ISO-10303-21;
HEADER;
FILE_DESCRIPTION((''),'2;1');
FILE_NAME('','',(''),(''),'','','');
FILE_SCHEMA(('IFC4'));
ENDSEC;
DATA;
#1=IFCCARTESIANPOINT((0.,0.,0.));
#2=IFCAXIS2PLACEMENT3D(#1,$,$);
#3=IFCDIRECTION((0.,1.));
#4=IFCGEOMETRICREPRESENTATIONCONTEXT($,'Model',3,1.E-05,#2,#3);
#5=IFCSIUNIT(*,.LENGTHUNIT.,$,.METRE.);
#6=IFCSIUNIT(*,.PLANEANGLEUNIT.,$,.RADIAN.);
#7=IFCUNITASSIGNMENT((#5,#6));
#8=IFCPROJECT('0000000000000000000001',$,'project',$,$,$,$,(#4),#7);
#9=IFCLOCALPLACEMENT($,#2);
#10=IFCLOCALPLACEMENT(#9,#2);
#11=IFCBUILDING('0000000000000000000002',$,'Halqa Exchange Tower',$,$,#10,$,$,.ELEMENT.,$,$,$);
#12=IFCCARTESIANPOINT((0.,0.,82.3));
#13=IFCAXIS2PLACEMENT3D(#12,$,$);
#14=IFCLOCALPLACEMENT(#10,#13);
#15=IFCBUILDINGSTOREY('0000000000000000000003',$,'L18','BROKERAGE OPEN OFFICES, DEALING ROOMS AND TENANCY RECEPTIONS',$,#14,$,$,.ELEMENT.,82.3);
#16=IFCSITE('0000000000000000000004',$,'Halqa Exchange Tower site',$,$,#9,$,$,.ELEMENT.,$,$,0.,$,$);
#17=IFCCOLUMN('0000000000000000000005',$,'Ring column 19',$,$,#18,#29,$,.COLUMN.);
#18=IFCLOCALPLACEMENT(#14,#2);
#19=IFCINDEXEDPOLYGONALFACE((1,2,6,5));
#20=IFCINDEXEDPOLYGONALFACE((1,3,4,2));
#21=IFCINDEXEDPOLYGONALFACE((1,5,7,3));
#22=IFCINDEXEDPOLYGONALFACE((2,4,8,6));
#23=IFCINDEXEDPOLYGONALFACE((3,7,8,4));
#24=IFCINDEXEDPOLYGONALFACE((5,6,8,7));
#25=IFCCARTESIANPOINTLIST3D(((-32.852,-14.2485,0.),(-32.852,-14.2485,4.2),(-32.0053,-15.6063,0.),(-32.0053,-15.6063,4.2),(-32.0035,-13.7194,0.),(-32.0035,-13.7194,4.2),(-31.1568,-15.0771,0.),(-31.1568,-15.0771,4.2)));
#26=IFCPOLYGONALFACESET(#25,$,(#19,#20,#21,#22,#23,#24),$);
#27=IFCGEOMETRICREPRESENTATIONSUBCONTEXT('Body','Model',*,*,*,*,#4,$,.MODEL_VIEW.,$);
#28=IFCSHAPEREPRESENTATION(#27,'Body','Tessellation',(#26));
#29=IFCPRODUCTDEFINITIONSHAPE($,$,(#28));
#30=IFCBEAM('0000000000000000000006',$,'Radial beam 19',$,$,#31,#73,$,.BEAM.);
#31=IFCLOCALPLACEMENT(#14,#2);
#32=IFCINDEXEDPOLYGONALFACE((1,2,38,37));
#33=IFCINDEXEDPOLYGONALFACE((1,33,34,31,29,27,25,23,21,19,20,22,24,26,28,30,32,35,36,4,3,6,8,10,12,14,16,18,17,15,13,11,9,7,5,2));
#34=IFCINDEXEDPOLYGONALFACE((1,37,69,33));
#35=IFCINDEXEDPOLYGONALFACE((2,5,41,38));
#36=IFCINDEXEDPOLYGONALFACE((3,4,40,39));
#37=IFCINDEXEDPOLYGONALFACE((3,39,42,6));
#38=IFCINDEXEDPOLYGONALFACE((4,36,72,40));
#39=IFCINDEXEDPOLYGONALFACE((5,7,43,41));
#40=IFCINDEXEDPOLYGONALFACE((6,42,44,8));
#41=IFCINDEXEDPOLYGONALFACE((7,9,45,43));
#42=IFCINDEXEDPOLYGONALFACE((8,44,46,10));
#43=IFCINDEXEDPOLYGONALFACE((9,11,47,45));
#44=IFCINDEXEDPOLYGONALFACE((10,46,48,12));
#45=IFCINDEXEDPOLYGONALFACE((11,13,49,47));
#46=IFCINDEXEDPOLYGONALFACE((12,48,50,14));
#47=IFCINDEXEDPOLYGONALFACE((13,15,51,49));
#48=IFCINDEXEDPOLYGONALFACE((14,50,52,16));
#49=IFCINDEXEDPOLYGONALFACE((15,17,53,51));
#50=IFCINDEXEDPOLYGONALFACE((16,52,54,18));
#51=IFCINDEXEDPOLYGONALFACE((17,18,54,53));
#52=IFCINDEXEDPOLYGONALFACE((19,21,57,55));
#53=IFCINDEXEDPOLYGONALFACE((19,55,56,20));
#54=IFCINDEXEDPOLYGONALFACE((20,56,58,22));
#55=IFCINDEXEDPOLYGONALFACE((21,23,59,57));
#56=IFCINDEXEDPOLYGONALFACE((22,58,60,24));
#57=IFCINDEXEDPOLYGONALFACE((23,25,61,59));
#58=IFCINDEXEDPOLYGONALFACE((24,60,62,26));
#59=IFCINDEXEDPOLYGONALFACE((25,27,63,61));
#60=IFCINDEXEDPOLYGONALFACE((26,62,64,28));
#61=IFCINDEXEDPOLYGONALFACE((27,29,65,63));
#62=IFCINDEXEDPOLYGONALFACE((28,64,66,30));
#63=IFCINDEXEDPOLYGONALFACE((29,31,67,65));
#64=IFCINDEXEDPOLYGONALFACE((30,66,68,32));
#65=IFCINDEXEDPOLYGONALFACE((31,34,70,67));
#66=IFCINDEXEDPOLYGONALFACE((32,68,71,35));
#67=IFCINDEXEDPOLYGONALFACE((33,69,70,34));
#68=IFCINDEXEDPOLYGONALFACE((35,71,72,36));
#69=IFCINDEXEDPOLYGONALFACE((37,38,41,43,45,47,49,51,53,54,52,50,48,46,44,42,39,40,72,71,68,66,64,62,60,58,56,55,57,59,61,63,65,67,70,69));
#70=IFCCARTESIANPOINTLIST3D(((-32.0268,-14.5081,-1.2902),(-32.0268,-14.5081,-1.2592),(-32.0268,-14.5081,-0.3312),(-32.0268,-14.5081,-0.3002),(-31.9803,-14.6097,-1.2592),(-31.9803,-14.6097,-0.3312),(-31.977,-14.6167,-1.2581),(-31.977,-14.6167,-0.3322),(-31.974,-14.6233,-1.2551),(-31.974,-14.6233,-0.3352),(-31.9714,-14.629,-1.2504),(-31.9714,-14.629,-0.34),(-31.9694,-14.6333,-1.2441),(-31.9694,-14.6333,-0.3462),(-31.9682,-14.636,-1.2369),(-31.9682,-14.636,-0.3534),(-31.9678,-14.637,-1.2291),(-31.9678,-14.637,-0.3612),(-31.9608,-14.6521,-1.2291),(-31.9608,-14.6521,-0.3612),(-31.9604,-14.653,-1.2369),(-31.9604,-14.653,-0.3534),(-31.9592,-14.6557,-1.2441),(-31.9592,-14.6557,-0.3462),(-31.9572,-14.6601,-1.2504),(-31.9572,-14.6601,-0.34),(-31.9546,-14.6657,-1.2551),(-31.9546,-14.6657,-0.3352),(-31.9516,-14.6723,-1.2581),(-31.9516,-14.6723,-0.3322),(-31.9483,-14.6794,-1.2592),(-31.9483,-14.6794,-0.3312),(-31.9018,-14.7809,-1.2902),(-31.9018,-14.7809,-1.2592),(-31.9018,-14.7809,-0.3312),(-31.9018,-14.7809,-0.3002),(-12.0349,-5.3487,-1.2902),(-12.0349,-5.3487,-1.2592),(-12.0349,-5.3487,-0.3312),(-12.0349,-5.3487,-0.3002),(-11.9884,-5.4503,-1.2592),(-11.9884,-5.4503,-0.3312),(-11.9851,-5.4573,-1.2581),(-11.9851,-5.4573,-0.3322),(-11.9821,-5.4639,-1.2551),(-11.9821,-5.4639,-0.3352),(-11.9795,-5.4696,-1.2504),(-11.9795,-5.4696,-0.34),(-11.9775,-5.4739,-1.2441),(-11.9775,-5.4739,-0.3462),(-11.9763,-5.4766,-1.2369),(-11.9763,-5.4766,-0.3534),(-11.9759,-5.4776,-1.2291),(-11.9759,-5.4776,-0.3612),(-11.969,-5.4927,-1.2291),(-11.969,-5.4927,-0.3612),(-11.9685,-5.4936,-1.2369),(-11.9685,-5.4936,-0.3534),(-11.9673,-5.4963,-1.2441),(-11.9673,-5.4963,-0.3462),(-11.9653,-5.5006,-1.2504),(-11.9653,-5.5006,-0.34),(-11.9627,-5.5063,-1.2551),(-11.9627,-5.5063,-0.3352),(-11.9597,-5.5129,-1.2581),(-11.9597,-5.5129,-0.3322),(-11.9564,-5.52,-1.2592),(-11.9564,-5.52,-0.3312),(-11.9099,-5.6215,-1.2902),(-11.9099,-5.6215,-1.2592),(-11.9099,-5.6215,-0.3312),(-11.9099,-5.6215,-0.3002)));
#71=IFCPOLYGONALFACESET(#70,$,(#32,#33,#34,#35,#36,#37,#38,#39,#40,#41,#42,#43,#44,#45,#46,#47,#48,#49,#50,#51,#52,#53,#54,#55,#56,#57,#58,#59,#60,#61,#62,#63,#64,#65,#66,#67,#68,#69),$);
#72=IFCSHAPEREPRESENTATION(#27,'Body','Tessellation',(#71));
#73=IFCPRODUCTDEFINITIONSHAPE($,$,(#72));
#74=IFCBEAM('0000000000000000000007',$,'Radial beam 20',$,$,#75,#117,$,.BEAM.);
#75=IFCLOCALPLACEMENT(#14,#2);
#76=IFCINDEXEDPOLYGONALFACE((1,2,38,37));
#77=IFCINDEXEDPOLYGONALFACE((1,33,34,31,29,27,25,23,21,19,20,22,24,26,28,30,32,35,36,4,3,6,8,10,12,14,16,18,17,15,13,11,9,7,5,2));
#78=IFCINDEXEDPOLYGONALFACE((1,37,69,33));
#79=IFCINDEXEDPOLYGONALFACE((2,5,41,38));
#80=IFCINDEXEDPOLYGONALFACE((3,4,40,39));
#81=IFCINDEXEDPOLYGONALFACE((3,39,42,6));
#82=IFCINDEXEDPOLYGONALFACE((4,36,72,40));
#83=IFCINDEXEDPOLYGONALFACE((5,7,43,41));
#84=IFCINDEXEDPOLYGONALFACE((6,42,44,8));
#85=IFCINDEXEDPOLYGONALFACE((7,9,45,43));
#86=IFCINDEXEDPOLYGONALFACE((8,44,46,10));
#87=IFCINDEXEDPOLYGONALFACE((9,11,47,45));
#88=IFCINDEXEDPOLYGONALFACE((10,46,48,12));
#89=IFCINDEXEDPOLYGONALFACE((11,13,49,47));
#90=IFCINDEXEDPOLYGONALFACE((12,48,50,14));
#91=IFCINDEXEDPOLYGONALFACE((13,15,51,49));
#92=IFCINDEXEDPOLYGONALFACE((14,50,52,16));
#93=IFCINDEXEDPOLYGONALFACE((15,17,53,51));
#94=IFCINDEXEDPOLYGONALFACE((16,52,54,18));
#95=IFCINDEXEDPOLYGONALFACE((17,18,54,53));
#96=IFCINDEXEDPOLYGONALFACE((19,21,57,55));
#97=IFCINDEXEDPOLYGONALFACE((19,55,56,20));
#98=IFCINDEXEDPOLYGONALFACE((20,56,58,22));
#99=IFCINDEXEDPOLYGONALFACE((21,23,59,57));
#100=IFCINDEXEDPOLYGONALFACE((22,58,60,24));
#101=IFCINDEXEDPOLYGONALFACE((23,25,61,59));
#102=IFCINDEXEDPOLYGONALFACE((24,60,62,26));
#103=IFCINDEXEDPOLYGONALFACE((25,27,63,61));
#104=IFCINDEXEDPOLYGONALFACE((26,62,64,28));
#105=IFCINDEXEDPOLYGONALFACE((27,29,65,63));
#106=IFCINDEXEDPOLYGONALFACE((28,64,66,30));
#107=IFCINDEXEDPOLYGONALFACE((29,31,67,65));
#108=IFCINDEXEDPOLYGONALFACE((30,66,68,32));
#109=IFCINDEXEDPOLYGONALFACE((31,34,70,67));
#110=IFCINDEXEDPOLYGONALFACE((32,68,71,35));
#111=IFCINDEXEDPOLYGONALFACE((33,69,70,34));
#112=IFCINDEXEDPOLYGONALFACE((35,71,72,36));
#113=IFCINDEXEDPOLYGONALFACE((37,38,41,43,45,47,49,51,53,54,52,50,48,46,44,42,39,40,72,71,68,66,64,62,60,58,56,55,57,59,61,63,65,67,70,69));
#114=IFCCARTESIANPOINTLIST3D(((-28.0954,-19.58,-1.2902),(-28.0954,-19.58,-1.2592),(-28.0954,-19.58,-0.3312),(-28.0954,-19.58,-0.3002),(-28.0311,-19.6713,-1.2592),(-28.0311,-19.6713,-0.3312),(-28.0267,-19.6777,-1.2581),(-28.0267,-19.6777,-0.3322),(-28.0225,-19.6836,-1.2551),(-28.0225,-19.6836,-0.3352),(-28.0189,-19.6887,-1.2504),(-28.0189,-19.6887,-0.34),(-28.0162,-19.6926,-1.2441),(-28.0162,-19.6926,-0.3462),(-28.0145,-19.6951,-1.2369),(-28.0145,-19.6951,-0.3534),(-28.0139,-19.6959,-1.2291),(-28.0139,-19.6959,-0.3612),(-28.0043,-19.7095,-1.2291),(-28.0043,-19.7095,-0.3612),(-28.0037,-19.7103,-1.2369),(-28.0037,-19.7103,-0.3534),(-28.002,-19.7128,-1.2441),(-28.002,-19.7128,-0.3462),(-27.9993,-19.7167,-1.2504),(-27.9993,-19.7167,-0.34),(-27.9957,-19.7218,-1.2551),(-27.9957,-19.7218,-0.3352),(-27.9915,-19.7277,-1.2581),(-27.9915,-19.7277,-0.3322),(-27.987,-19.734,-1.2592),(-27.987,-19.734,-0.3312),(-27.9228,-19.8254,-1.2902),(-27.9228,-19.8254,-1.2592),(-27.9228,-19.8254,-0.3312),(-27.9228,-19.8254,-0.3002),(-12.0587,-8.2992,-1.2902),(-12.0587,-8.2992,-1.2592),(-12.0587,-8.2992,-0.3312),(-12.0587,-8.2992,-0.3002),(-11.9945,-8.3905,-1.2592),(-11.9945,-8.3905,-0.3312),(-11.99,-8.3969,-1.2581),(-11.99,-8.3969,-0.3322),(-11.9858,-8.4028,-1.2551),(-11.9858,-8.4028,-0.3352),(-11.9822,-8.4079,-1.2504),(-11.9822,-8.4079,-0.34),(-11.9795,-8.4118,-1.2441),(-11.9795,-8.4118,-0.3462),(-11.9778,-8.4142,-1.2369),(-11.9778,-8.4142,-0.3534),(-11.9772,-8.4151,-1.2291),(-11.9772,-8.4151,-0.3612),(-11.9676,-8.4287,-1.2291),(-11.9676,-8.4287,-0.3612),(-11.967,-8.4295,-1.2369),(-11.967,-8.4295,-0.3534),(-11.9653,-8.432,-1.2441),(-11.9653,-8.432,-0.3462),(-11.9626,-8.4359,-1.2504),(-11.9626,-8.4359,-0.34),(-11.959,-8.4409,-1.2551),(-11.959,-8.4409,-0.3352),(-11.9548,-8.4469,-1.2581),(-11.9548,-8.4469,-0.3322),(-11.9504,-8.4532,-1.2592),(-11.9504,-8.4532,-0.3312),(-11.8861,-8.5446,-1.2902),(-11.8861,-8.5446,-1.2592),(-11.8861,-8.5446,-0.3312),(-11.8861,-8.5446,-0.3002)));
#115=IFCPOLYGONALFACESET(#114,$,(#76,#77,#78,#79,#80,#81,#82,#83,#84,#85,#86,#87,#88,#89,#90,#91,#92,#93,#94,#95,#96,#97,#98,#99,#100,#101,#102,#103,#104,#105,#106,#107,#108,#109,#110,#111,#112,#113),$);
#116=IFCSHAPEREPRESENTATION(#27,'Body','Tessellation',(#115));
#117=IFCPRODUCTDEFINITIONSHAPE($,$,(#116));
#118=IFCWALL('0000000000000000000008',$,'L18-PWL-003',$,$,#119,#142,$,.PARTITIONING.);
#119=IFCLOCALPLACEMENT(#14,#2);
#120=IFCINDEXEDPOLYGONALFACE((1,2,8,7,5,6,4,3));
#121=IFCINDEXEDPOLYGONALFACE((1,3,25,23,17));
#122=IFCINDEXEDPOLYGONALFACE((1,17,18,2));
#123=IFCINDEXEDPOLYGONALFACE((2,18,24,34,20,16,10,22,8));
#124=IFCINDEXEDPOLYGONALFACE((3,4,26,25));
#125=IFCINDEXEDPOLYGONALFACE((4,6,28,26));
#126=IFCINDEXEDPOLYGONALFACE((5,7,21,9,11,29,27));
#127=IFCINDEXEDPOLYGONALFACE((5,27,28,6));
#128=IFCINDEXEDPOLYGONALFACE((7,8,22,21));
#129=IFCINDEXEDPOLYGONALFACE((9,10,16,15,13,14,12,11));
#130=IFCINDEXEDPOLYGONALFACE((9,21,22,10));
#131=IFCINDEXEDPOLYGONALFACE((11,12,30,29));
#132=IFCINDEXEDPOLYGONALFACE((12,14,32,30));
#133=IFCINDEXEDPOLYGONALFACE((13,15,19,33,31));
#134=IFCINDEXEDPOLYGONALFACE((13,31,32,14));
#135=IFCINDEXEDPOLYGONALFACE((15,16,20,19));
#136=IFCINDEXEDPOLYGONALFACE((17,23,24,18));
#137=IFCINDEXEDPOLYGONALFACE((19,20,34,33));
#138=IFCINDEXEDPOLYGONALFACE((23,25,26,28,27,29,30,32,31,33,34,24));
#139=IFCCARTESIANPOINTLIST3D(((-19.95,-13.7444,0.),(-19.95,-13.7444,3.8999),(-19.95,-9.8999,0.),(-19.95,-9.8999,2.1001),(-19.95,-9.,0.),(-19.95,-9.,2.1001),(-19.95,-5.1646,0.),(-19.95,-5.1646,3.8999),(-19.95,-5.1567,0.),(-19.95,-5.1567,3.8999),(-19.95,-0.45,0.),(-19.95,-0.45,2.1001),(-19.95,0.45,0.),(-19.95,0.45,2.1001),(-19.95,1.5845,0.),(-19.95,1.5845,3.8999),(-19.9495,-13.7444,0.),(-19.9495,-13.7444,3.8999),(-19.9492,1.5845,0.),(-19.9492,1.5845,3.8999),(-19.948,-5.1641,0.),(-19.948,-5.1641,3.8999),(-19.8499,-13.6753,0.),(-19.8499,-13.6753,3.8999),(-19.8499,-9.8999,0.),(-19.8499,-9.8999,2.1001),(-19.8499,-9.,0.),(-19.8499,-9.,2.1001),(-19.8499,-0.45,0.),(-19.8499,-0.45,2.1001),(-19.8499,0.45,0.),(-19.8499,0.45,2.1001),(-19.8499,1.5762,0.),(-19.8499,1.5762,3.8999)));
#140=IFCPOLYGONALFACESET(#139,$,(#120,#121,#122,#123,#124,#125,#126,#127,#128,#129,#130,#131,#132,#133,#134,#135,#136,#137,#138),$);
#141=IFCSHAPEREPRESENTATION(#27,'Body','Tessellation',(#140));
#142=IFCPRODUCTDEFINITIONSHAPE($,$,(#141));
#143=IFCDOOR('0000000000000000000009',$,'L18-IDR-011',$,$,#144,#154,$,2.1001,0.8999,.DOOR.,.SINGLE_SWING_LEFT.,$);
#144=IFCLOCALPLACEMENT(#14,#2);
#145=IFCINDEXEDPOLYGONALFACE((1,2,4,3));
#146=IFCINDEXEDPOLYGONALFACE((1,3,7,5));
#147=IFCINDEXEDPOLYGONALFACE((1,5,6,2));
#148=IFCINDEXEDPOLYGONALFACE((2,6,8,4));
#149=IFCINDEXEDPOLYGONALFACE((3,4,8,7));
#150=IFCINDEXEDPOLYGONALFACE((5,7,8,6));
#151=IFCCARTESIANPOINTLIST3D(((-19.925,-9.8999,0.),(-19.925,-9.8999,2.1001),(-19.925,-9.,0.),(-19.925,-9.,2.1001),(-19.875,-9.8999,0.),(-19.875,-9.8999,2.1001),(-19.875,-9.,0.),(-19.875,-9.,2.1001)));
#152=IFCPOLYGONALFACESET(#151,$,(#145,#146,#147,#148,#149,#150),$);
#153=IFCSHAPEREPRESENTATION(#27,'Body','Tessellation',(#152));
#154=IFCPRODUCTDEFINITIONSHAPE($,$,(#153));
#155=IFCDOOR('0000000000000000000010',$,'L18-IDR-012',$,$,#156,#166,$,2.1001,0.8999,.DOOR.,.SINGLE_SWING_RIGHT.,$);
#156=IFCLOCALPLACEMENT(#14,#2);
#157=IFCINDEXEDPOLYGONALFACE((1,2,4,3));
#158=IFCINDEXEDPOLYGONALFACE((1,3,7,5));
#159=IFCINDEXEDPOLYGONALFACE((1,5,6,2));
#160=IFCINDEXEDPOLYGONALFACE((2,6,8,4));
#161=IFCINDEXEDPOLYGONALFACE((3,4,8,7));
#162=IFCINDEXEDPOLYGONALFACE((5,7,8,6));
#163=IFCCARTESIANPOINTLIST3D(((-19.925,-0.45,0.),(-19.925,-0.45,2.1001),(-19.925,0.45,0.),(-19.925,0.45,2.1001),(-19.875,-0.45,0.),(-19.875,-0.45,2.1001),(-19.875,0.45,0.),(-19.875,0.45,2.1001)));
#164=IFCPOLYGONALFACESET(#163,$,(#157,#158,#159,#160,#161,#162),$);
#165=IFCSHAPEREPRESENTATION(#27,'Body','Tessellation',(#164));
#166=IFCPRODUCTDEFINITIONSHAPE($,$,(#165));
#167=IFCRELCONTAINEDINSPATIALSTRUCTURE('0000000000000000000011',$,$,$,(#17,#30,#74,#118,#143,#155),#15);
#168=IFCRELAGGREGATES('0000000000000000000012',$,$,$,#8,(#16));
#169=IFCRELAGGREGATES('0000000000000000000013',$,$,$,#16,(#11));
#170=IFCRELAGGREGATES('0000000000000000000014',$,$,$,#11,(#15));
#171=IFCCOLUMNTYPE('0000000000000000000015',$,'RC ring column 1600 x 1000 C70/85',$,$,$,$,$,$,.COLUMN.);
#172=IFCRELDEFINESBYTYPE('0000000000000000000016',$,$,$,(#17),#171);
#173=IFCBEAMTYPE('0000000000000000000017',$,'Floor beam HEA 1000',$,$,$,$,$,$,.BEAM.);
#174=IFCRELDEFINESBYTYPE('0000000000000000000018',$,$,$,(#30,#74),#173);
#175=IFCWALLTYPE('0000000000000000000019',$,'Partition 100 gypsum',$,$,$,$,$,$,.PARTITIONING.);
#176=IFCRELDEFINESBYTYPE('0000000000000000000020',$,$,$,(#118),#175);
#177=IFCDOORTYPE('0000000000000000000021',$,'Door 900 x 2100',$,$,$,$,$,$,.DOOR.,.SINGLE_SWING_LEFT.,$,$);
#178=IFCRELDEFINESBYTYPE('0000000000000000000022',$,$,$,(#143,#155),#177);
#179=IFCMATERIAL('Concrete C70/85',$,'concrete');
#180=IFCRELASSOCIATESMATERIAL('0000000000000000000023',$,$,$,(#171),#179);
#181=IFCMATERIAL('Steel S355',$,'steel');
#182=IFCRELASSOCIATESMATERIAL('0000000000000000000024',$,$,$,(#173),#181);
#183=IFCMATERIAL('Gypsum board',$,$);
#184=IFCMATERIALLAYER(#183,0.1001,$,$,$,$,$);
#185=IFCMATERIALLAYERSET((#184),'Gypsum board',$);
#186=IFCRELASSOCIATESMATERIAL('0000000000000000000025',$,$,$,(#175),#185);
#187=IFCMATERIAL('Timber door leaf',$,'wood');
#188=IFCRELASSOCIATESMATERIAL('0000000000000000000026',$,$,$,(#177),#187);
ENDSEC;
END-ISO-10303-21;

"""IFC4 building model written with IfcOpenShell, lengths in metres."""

from ifc_helpers import new_model, si_unit, direction, frame, frame_2d, origin, origin_2d, place, context, subcontext, project, spatial, polyline, rectangle, i_section, outline, extrude, material, layer, layer_set, material_profile, profile_set, type_object, element, fill, save


model = new_model("IFC4")

# Units and contexts
model_context = context("Model", 3, precision=1e-05, world=origin(), true_north=direction((0.0, 1.0)))
body_context = subcontext(model_context, "Body", "Model", "MODEL_VIEW")
ifc_project = project(units=[si_unit("LENGTHUNIT", "METRE"), si_unit("PLANEANGLEUNIT", "RADIAN")], contexts=[model_context])

# Site, building, storey
site_placement = place(None, origin())
site = spatial("IfcSite", under=ifc_project, at=site_placement, Name="Halqa Exchange Tower site", CompositionType="ELEMENT", RefElevation=0.0)
building_placement = place(site_placement, origin())
building = spatial("IfcBuilding", under=site, at=building_placement, Name="Halqa Exchange Tower", CompositionType="ELEMENT")
storey_placement = place(building_placement, frame((0.0, 0.0, 82.3)))
storey = spatial("IfcBuildingStorey", under=building, at=storey_placement, Name="L18", Description="BROKERAGE OPEN OFFICES, DEALING ROOMS AND TENANCY RECEPTIONS", CompositionType="ELEMENT", Elevation=82.3)

# Column
ifc_material_1 = material(Name="Concrete C70/85", Category="concrete")
ifc_material_profile_1 = material_profile(ifc_material_1, rectangle(XDim=1.6001, YDim=1.0, at=origin_2d()), Name="1600 x 1000")
ifc_profile_set_1 = profile_set([ifc_material_profile_1], Name="Concrete C70/85")
column_type = type_object("IfcColumnType", Name="RC ring column 1600 x 1000 C70/85", PredefinedType="COLUMN", material=ifc_profile_set_1)
column_placement = place(storey_placement, frame((-32.0044, -14.6628, 0.0), z_axis=(0.0, 0.0, 1.0), x_axis=(0.52914, -0.848534, 0.0)))
element("IfcColumn", 1, at=column_placement, inside=storey, type_object=column_type, Name="Ring column 19", PredefinedType="COLUMN", context=body_context, shape_type="SweptSolid", body=[
    extrude(rectangle(XDim=1.6001, YDim=1.0, at=origin_2d()), origin(), (0.0, 0.0, 1.0), 4.2),
])

# Beams
ifc_material_2 = material(Name="Steel S355", Category="steel")
ifc_material_profile_2 = material_profile(ifc_material_2, i_section(OverallWidth=0.3, OverallDepth=0.99, WebThickness=0.0166, FlangeThickness=0.031, FilletRadius=0.03, at=origin_2d()), Name="HEA 1000")
ifc_profile_set_2 = profile_set([ifc_material_profile_2], Name="Steel S355")
beam_type = type_object("IfcBeamType", Name="Floor beam HEA 1000", PredefinedType="BEAM", material=ifc_profile_set_2)
beam_1_placement = place(storey_placement, frame((-11.9724, -5.4851, -0.7952), z_axis=(-0.909126, -0.416521, 0.0), x_axis=(0.416521, -0.909126, 0.0)))
element("IfcBeam", 2, at=beam_1_placement, inside=storey, type_object=beam_type, Name="Radial beam 19", PredefinedType="BEAM", context=body_context, shape_type="SweptSolid", body=[
    extrude(i_section(OverallWidth=0.3, OverallDepth=0.99, WebThickness=0.0166, FlangeThickness=0.031, FilletRadius=0.03, at=origin_2d()), origin(), (0.0, 0.0, 1.0), 21.9902),
])
beam_2_placement = place(storey_placement, frame((-11.9724, -8.4219, -0.7952), z_axis=(-0.817909, -0.575348, 0.0), x_axis=(0.575348, -0.817909, 0.0)))
element("IfcBeam", 3, at=beam_2_placement, inside=storey, type_object=beam_type, Name="Radial beam 20", PredefinedType="BEAM", context=body_context, shape_type="SweptSolid", body=[
    extrude(i_section(OverallWidth=0.3, OverallDepth=0.99, WebThickness=0.0166, FlangeThickness=0.031, FilletRadius=0.03, at=origin_2d()), origin(), (0.0, 0.0, 1.0), 19.6069),
])

# Wall, openings, doors
ifc_material_3 = material(Name="Gypsum board")
ifc_layer_1 = layer(ifc_material_3, 0.1001)
ifc_layer_set_1 = layer_set([ifc_layer_1], Name="Gypsum board")
wall_type_1 = type_object("IfcWallType", Name="Partition 100 gypsum", PredefinedType="PARTITIONING", material=ifc_layer_set_1)
wall_1_placement = place(storey_placement, frame((-19.8999, -13.7444, 0.0), z_axis=(0.0, 0.0, 1.0), x_axis=(0.0, 1.0, 0.0)))
wall_1 = element("IfcWall", 4, at=wall_1_placement, inside=storey, type_object=wall_type_1, Name="L18-PWL-003", PredefinedType="PARTITIONING", context=body_context, shape_type="SweptSolid", body=[
    extrude(outline(polyline([(0.0691, -0.05), (1.9756, -0.05), (3.8821, -0.05), (5.7883, -0.05), (7.6948, -0.05), (9.6013, -0.05), (11.5078, -0.05), (13.4141, -0.05), (15.3206, -0.05), (15.3289, 0.0493), (15.3289, 0.05), (13.6436, 0.05), (11.9583, 0.05), (10.2729, 0.05), (8.5876, 0.05), (8.5803, 0.0481), (8.5798, 0.05), (6.864, 0.05), (5.1479, 0.05), (3.4319, 0.05), (1.7161, 0.05), (0.0, 0.05), (0.0, 0.0496), (0.0691, -0.05)])), origin(), (0.0, 0.0, 1.0), 3.8999),
])
opening_1_placement = place(wall_1_placement, frame((3.8445, 0.0, 0.0)))
opening_1 = element("IfcOpeningElement", 5, at=opening_1_placement, cuts=wall_1, PredefinedType="OPENING", context=body_context, shape_type="SweptSolid", body=[
    extrude(rectangle(XDim=0.8999, YDim=2.1001, at=frame_2d((0.45, 1.05))), frame((0.0, 0.062, 0.0), z_axis=(0.0, -1.0, 0.0), x_axis=(1.0, 0.0, 0.0)), (0.0, 0.0, 1.0), 0.124),
])
opening_2_placement = place(wall_1_placement, frame((13.2944, 0.0, 0.0)))
opening_2 = element("IfcOpeningElement", 6, at=opening_2_placement, cuts=wall_1, PredefinedType="OPENING", context=body_context, shape_type="SweptSolid", body=[
    extrude(rectangle(XDim=0.8999, YDim=2.1001, at=frame_2d((0.45, 1.05))), frame((0.0, 0.062, 0.0), z_axis=(0.0, -1.0, 0.0), x_axis=(1.0, 0.0, 0.0)), (0.0, 0.0, 1.0), 0.124),
])
ifc_material_4 = material(Name="Timber door leaf", Category="wood")
door_type_1 = type_object("IfcDoorType", Name="Door 900 x 2100", OperationType="SINGLE_SWING_LEFT", PredefinedType="DOOR", material=ifc_material_4)
door_1_placement = place(opening_1_placement, frame((0.8999, 0.0, 0.0), z_axis=(0.0, 0.0, 1.0), x_axis=(-1.0, 0.0, 0.0)))
door_1 = element("IfcDoor", 7, at=door_1_placement, inside=storey, type_object=door_type_1, Name="L18-IDR-011", OperationType="SINGLE_SWING_LEFT", OverallHeight=2.1001, OverallWidth=0.8999, PredefinedType="DOOR", context=body_context, shape_type="SweptSolid", body=[
    extrude(rectangle(XDim=0.8999, YDim=2.1001, at=frame_2d((0.45, 1.05))), frame((0.0, 0.0249, 0.0), z_axis=(0.0, -1.0, 0.0), x_axis=(1.0, 0.0, 0.0)), (0.0, 0.0, 1.0), 0.05),
])
fill(opening_1, door_1)
door_2_placement = place(opening_2_placement, frame((0.8999, 0.0, 0.0), z_axis=(0.0, 0.0, 1.0), x_axis=(-1.0, 0.0, 0.0)))
door_2 = element("IfcDoor", 8, at=door_2_placement, inside=storey, type_object=door_type_1, Name="L18-IDR-012", OperationType="SINGLE_SWING_RIGHT", OverallHeight=2.1001, OverallWidth=0.8999, PredefinedType="DOOR", context=body_context, shape_type="SweptSolid", body=[
    extrude(rectangle(XDim=0.8999, YDim=2.1001, at=frame_2d((0.45, 1.05))), frame((0.0, 0.0249, 0.0), z_axis=(0.0, -1.0, 0.0), x_axis=(1.0, 0.0, 0.0)), (0.0, 0.0, 1.0), 0.05),
])
fill(opening_2, door_2)

save(model, "model.ifc")
